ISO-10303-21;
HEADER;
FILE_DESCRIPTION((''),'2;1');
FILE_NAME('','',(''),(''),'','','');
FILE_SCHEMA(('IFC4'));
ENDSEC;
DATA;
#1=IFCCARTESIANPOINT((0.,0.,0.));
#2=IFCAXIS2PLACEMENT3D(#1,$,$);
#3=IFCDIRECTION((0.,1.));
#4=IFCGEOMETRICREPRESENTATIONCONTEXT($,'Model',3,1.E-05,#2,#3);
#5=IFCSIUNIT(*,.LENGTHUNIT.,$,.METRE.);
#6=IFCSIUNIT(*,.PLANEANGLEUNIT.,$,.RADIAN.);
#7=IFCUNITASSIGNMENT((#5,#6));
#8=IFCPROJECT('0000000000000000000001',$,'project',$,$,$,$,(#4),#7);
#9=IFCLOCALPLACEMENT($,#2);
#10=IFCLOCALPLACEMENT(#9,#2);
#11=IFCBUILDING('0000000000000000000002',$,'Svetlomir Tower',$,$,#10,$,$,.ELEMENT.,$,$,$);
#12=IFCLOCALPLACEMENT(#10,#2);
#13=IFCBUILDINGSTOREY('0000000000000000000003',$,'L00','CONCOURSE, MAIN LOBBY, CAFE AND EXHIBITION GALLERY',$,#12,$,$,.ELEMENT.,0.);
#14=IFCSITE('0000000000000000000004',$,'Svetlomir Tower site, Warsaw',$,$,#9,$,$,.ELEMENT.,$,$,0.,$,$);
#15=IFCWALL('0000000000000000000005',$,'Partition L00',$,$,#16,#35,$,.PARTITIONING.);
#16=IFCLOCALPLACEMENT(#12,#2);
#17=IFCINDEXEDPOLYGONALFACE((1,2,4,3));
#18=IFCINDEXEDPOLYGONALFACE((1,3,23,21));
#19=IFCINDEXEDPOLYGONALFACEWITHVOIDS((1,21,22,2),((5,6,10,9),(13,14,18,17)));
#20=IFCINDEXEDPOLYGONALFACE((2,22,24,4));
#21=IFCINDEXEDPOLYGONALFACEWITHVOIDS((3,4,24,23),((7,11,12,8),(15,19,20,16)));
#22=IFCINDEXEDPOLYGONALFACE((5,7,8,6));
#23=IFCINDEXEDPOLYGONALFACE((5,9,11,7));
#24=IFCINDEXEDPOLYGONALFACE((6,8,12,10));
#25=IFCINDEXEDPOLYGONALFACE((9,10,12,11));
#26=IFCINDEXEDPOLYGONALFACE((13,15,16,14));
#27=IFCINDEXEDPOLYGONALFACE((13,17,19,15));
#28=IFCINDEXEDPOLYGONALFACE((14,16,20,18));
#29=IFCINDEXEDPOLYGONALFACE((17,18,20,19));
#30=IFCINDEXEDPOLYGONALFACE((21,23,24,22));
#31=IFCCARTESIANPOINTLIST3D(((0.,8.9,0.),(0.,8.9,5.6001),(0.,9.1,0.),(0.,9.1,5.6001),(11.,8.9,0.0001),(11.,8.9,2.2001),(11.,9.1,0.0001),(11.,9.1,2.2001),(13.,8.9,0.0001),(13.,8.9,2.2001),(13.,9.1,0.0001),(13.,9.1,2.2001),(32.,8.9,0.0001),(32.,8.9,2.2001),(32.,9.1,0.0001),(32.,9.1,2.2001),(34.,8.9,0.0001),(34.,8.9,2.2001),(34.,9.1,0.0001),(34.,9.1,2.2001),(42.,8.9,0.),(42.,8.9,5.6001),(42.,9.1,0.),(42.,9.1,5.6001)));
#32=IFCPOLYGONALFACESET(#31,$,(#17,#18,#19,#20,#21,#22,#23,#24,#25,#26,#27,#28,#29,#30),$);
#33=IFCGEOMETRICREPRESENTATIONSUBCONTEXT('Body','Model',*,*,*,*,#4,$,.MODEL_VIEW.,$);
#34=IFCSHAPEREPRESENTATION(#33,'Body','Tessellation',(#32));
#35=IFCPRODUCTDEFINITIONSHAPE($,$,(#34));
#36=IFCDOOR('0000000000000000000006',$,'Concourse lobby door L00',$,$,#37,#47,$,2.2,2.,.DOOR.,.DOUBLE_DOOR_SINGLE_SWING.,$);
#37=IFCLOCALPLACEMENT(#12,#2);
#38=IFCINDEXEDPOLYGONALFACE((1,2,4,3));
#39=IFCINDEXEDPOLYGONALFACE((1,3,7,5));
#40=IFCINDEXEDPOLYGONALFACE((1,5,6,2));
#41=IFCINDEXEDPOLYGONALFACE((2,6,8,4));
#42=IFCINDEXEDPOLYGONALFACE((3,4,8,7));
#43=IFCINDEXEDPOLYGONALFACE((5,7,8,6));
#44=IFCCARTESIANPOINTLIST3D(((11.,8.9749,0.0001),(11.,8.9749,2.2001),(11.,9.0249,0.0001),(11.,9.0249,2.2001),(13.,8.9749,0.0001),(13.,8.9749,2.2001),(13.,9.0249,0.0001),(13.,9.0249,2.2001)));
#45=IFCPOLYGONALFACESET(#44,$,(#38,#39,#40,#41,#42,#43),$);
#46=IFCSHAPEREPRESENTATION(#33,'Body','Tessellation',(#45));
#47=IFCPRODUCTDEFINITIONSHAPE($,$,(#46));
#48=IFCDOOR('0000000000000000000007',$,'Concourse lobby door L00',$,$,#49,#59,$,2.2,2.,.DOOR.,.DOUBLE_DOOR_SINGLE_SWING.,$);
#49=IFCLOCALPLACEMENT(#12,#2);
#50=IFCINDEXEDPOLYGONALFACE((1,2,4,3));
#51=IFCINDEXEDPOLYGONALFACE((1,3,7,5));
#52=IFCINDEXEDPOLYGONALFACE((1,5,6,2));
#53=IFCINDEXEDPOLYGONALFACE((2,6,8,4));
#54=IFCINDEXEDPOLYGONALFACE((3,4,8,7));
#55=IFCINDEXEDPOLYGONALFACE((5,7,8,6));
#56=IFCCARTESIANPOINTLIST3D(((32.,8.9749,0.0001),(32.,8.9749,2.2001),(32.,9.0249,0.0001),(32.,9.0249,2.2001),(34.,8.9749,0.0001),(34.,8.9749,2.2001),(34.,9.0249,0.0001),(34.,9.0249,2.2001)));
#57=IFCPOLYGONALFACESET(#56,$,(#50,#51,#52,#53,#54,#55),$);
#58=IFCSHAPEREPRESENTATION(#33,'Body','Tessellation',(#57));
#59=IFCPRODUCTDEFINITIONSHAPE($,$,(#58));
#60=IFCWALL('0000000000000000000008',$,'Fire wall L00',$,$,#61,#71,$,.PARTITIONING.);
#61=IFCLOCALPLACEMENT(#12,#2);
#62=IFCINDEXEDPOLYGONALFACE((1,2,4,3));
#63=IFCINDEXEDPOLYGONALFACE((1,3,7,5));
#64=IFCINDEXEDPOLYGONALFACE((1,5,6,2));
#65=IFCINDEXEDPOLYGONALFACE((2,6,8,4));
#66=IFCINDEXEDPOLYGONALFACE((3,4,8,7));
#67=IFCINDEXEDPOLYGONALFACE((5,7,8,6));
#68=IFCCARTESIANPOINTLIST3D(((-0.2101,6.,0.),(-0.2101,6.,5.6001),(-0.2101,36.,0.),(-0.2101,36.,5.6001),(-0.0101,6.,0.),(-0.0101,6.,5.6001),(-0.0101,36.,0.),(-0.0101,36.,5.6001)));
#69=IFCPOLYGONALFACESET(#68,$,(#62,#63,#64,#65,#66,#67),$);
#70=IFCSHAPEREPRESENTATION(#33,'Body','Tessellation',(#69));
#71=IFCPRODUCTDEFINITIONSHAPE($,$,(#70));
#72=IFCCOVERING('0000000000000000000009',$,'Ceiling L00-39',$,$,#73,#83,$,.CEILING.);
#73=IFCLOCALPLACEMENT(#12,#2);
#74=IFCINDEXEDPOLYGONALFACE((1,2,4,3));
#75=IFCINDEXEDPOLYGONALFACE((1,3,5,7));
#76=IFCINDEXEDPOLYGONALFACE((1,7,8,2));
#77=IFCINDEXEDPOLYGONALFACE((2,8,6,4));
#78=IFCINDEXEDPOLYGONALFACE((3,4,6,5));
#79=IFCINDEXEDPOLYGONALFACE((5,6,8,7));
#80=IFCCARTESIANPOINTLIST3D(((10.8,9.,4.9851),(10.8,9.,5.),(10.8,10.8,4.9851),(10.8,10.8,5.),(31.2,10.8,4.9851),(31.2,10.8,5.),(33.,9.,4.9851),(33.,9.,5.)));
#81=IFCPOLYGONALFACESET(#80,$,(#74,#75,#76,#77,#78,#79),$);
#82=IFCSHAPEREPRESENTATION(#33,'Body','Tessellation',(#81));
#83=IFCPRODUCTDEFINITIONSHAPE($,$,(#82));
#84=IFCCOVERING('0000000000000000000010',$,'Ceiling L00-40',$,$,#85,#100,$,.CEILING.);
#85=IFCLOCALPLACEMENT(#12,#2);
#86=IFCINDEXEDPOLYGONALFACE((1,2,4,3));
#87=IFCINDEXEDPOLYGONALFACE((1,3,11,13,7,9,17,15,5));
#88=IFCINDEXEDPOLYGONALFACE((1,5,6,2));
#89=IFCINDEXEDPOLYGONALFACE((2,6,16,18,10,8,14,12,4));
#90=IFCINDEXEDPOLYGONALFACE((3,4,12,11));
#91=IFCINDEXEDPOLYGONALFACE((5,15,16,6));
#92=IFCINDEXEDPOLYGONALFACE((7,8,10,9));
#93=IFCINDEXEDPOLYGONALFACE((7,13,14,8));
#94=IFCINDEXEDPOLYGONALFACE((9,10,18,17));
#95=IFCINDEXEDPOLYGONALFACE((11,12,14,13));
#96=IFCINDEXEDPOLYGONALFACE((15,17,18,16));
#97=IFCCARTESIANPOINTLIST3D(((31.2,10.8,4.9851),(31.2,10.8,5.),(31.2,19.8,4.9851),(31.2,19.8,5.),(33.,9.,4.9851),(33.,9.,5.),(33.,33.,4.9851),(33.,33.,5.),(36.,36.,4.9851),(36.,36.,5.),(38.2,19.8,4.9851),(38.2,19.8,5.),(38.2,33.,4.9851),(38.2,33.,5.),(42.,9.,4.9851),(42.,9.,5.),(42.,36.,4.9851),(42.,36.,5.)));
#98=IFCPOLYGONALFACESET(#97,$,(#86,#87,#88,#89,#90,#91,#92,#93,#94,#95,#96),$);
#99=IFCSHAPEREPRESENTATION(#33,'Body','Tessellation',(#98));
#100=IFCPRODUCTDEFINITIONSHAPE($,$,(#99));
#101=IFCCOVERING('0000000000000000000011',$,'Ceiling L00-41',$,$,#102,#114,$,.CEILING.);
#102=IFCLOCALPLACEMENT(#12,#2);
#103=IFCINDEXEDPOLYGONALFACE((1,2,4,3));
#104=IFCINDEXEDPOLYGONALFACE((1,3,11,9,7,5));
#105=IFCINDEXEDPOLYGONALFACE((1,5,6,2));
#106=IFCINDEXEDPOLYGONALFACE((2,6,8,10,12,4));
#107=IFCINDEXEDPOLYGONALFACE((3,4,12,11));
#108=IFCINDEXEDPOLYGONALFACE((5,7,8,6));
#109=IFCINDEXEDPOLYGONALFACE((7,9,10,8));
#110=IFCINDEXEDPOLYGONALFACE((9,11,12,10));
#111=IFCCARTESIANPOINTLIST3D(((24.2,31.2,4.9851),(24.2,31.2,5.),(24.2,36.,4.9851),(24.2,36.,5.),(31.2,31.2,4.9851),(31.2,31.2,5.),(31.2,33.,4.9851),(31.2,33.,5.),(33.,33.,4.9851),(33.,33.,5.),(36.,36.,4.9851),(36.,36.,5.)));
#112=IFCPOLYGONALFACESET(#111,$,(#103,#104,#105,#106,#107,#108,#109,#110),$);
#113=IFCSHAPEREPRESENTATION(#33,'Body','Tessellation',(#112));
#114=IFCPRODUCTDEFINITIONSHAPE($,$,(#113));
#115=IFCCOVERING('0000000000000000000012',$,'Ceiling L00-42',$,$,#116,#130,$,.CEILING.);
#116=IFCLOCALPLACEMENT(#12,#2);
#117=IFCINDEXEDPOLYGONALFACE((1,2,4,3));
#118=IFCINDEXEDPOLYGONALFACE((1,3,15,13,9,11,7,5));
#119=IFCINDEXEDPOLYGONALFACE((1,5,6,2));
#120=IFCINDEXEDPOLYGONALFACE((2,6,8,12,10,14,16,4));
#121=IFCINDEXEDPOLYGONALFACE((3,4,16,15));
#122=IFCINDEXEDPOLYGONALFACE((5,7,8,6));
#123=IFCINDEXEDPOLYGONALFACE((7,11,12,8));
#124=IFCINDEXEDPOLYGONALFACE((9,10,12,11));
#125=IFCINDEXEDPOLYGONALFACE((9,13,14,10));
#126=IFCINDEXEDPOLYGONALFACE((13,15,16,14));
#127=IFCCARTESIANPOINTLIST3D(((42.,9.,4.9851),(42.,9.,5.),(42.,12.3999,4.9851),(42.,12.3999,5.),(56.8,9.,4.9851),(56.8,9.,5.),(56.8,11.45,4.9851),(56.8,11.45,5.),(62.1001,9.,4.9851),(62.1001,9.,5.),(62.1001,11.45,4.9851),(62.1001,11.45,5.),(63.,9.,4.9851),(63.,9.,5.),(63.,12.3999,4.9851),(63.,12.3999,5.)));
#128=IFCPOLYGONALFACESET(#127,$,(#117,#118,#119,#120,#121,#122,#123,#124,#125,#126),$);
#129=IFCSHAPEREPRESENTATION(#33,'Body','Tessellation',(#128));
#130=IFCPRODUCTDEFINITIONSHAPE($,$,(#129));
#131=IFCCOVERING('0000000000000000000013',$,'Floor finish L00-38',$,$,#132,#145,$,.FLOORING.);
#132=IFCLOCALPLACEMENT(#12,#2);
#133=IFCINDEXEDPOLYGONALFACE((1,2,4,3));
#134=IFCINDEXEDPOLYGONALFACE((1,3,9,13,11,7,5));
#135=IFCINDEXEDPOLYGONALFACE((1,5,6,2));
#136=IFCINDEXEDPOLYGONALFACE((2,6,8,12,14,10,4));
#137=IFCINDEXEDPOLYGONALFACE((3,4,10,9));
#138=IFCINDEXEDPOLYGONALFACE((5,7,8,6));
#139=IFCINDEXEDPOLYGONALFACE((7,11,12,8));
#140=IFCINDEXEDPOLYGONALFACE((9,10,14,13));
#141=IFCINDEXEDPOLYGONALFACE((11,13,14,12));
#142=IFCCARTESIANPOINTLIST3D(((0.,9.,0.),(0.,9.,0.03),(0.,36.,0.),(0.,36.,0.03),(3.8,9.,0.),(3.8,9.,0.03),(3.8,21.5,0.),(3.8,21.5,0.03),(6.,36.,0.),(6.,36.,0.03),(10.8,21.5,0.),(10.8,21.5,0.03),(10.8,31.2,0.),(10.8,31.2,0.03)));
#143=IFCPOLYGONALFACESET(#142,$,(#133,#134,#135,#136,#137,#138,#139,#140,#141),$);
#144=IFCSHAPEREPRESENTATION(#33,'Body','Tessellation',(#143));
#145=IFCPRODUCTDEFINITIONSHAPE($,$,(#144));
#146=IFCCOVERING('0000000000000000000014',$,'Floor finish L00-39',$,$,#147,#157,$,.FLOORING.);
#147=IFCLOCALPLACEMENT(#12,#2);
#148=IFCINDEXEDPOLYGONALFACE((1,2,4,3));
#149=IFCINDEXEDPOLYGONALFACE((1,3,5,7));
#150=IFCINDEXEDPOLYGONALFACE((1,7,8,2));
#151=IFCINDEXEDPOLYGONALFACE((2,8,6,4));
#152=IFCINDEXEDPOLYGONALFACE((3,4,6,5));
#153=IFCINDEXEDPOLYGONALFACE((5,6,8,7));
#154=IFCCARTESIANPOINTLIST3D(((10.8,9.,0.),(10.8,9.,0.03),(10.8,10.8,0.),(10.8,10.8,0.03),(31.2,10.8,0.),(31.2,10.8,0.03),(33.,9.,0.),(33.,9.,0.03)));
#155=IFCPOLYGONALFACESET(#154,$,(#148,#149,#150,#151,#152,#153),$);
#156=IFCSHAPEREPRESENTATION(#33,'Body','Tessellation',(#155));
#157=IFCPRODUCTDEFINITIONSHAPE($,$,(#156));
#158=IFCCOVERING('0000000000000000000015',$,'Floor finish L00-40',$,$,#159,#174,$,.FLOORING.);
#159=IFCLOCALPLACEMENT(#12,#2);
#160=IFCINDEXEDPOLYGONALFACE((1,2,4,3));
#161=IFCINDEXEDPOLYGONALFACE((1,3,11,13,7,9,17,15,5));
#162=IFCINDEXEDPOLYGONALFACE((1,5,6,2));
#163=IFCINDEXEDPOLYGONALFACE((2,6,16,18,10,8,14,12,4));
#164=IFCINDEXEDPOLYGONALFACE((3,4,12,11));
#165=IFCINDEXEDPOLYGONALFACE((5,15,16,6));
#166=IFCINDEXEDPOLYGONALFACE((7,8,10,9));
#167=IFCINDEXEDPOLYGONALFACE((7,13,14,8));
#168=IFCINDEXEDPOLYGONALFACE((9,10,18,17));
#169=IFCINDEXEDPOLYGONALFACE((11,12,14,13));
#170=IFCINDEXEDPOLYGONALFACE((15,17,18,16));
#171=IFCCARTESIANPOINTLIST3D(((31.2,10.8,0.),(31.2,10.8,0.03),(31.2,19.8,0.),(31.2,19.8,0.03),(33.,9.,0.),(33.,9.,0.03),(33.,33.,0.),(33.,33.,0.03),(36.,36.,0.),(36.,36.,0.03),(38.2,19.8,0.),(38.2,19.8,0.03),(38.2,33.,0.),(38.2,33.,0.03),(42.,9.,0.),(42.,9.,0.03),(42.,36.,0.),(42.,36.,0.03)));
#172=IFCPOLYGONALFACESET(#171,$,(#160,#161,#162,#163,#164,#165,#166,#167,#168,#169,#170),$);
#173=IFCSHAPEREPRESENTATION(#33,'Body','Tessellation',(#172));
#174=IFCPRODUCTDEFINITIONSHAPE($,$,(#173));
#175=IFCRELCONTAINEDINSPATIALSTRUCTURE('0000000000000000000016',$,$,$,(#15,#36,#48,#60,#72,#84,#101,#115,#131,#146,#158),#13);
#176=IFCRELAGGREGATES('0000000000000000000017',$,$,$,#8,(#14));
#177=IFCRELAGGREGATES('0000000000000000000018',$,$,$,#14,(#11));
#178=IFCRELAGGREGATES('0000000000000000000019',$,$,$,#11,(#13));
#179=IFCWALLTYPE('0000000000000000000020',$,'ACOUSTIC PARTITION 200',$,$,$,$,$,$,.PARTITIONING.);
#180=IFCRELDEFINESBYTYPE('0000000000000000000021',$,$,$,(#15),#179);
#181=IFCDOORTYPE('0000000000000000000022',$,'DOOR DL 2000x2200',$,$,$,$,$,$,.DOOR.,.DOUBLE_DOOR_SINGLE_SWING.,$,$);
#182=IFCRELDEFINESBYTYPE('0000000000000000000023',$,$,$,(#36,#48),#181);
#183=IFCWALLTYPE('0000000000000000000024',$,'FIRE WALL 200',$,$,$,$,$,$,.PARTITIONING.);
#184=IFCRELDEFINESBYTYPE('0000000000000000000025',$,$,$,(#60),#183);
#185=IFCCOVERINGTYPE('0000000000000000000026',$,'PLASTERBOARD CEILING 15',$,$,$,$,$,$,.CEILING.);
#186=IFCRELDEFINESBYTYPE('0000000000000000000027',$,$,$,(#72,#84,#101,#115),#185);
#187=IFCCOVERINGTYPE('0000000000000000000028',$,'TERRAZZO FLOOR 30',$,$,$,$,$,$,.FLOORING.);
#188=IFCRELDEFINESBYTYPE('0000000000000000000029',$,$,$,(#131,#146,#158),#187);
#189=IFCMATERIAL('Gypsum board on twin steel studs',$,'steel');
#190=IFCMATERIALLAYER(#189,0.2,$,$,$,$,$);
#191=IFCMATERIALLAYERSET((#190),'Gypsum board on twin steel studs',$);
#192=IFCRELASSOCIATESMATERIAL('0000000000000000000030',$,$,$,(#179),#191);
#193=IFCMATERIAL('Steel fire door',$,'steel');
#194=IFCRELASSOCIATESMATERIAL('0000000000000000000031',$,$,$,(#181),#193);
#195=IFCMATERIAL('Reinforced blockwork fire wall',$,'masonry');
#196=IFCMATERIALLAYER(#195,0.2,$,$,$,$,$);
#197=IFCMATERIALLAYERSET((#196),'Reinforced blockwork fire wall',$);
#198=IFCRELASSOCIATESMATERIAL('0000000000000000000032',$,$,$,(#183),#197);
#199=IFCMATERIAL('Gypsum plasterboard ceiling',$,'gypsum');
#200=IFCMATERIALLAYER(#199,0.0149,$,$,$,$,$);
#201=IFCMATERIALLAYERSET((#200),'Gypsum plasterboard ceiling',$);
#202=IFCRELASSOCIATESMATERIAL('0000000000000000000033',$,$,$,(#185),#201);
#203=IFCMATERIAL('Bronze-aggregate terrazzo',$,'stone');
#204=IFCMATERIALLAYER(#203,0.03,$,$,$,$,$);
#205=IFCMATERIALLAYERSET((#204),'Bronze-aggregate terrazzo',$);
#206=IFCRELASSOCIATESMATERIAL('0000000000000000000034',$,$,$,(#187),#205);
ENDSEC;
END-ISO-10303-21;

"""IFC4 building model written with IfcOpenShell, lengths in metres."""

from ifc_helpers import new_model, si_unit, direction, frame, frame_2d, origin, place, context, subcontext, project, spatial, polyline, rectangle, outline, extrude, material, layer, layer_set, type_object, element, fill, save


model = new_model("IFC4")

# Units and contexts
model_context = context("Model", 3, precision=1e-05, world=origin(), true_north=direction((0.0, 1.0)))
body_context = subcontext(model_context, "Body", "Model", "MODEL_VIEW")
ifc_project = project(units=[si_unit("LENGTHUNIT", "METRE"), si_unit("PLANEANGLEUNIT", "RADIAN")], contexts=[model_context])

# Site, building, storey
site_placement = place(None, origin())
site = spatial("IfcSite", under=ifc_project, at=site_placement, Name="Svetlomir Tower site, Warsaw", CompositionType="ELEMENT", RefElevation=0.0)
building_placement = place(site_placement, origin())
building = spatial("IfcBuilding", under=site, at=building_placement, Name="Svetlomir Tower", CompositionType="ELEMENT")
storey_placement = place(building_placement, origin())
storey = spatial("IfcBuildingStorey", under=building, at=storey_placement, Name="L00", Description="CONCOURSE, MAIN LOBBY, CAFE AND EXHIBITION GALLERY", CompositionType="ELEMENT", Elevation=0.0)

# Wall, openings, doors
ifc_material_1 = material(Name="Gypsum board on twin steel studs", Category="steel")
ifc_layer_1 = layer(ifc_material_1, 0.2)
ifc_layer_set_1 = layer_set([ifc_layer_1], Name="Gypsum board on twin steel studs")
wall_type_1 = type_object("IfcWallType", Name="ACOUSTIC PARTITION 200", PredefinedType="PARTITIONING", material=ifc_layer_set_1)
wall_1_placement = place(storey_placement, frame((0.0, 9.0, 0.0), z_axis=(0.0, 0.0, 1.0), x_axis=(1.0, 0.0, 0.0)))
wall_1 = element("IfcWall", 1, at=wall_1_placement, inside=storey, type_object=wall_type_1, Name="Partition L00", PredefinedType="PARTITIONING", context=body_context, shape_type="SweptSolid", body=[
    extrude(rectangle(XDim=42.0, YDim=0.2, at=frame_2d((21.0, 0.0))), origin(), (0.0, 0.0, 1.0), 5.6001),
])
opening_1_placement = place(wall_1_placement, frame((11.0, 0.0, 0.0)))
opening_1 = element("IfcOpeningElement", 2, at=opening_1_placement, cuts=wall_1, PredefinedType="OPENING", context=body_context, shape_type="SweptSolid", body=[
    extrude(rectangle(XDim=2.0, YDim=2.2, at=frame_2d((1.0, 1.1001))), frame((0.0, 0.1099, 0.0), z_axis=(0.0, -1.0, 0.0), x_axis=(1.0, 0.0, 0.0)), (0.0, 0.0, 1.0), 0.22),
])
opening_2_placement = place(wall_1_placement, frame((32.0, 0.0, 0.0)))
opening_2 = element("IfcOpeningElement", 3, at=opening_2_placement, cuts=wall_1, PredefinedType="OPENING", context=body_context, shape_type="SweptSolid", body=[
    extrude(rectangle(XDim=2.0, YDim=2.2, at=frame_2d((1.0, 1.1001))), frame((0.0, 0.1099, 0.0), z_axis=(0.0, -1.0, 0.0), x_axis=(1.0, 0.0, 0.0)), (0.0, 0.0, 1.0), 0.22),
])
ifc_material_2 = material(Name="Steel fire door", Category="steel")
door_type = type_object("IfcDoorType", Name="DOOR DL 2000x2200", OperationType="DOUBLE_DOOR_SINGLE_SWING", PredefinedType="DOOR", material=ifc_material_2)
door_1_placement = place(opening_1_placement, origin())
door_1 = element("IfcDoor", 4, at=door_1_placement, inside=storey, type_object=door_type, Name="Concourse lobby door L00", OperationType="DOUBLE_DOOR_SINGLE_SWING", OverallHeight=2.2, OverallWidth=2.0, PredefinedType="DOOR", context=body_context, shape_type="SweptSolid", body=[
    extrude(rectangle(XDim=2.0, YDim=2.2, at=frame_2d((1.0, 1.1001))), frame((0.0, 0.0249, 0.0), z_axis=(0.0, -1.0, 0.0), x_axis=(1.0, 0.0, 0.0)), (0.0, 0.0, 1.0), 0.05),
])
fill(opening_1, door_1)
door_2_placement = place(opening_2_placement, origin())
door_2 = element("IfcDoor", 5, at=door_2_placement, inside=storey, type_object=door_type, Name="Concourse lobby door L00", OperationType="DOUBLE_DOOR_SINGLE_SWING", OverallHeight=2.2, OverallWidth=2.0, PredefinedType="DOOR", context=body_context, shape_type="SweptSolid", body=[
    extrude(rectangle(XDim=2.0, YDim=2.2, at=frame_2d((1.0, 1.1001))), frame((0.0, 0.0249, 0.0), z_axis=(0.0, -1.0, 0.0), x_axis=(1.0, 0.0, 0.0)), (0.0, 0.0, 1.0), 0.05),
])
fill(opening_2, door_2)

# Wall
ifc_material_3 = material(Name="Reinforced blockwork fire wall", Category="masonry")
ifc_layer_2 = layer(ifc_material_3, 0.2)
ifc_layer_set_2 = layer_set([ifc_layer_2], Name="Reinforced blockwork fire wall")
wall_type_2 = type_object("IfcWallType", Name="FIRE WALL 200", PredefinedType="PARTITIONING", material=ifc_layer_set_2)
wall_2_placement = place(storey_placement, frame((-0.1101, 6.0, 0.0), z_axis=(0.0, 0.0, 1.0), x_axis=(0.0, 1.0, 0.0)))
element("IfcWall", 6, at=wall_2_placement, inside=storey, type_object=wall_type_2, Name="Fire wall L00", PredefinedType="PARTITIONING", context=body_context, shape_type="SweptSolid", body=[
    extrude(rectangle(XDim=30.0, YDim=0.2, at=frame_2d((15.0, 0.0))), origin(), (0.0, 0.0, 1.0), 5.6001),
])

# Coverings
ifc_material_4 = material(Name="Gypsum plasterboard ceiling", Category="gypsum")
ifc_layer_3 = layer(ifc_material_4, 0.0149)
ifc_layer_set_3 = layer_set([ifc_layer_3], Name="Gypsum plasterboard ceiling")
covering_type_1 = type_object("IfcCoveringType", Name="PLASTERBOARD CEILING 15", PredefinedType="CEILING", material=ifc_layer_set_3)
covering_1_placement = place(storey_placement, frame((0.0, 0.0, 4.9851)))
element("IfcCovering", 7, at=covering_1_placement, inside=storey, type_object=covering_type_1, Name="Ceiling L00-39", PredefinedType="CEILING", context=body_context, shape_type="SweptSolid", body=[
    extrude(outline(polyline([(31.2, 10.8), (33.0, 9.0), (10.8, 9.0), (10.8, 10.8), (31.2, 10.8)])), origin(), (0.0, 0.0, 1.0), 0.0149),
])
covering_2_placement = place(storey_placement, frame((0.0, 0.0, 4.9851)))
element("IfcCovering", 8, at=covering_2_placement, inside=storey, type_object=covering_type_1, Name="Ceiling L00-40", PredefinedType="CEILING", context=body_context, shape_type="SweptSolid", body=[
    extrude(outline(polyline([(31.2, 19.8), (38.2, 19.8), (38.2, 33.0), (33.0, 33.0), (36.0, 36.0), (42.0, 36.0), (42.0, 9.0), (33.0, 9.0), (31.2, 10.8), (31.2, 19.8)])), origin(), (0.0, 0.0, 1.0), 0.0149),
])
covering_3_placement = place(storey_placement, frame((0.0, 0.0, 4.9851)))
element("IfcCovering", 9, at=covering_3_placement, inside=storey, type_object=covering_type_1, Name="Ceiling L00-41", PredefinedType="CEILING", context=body_context, shape_type="SweptSolid", body=[
    extrude(outline(polyline([(31.2, 33.0), (31.2, 31.2), (24.2, 31.2), (24.2, 36.0), (36.0, 36.0), (33.0, 33.0), (31.2, 33.0)])), origin(), (0.0, 0.0, 1.0), 0.0149),
])
covering_4_placement = place(storey_placement, frame((0.0, 0.0, 4.9851)))
element("IfcCovering", 10, at=covering_4_placement, inside=storey, type_object=covering_type_1, Name="Ceiling L00-42", PredefinedType="CEILING", context=body_context, shape_type="SweptSolid", body=[
    extrude(outline(polyline([(42.0, 12.3999), (63.0, 12.3999), (63.0, 9.0), (62.1001, 9.0), (62.1001, 11.45), (56.8, 11.45), (56.8, 9.0), (42.0, 9.0), (42.0, 12.3999)])), origin(), (0.0, 0.0, 1.0), 0.0149),
])
ifc_material_5 = material(Name="Bronze-aggregate terrazzo", Category="stone")
ifc_layer_4 = layer(ifc_material_5, 0.03)
ifc_layer_set_4 = layer_set([ifc_layer_4], Name="Bronze-aggregate terrazzo")
covering_type_2 = type_object("IfcCoveringType", Name="TERRAZZO FLOOR 30", PredefinedType="FLOORING", material=ifc_layer_set_4)
covering_5_placement = place(storey_placement, origin())
element("IfcCovering", 11, at=covering_5_placement, inside=storey, type_object=covering_type_2, Name="Floor finish L00-38", PredefinedType="FLOORING", context=body_context, shape_type="SweptSolid", body=[
    extrude(outline(polyline([(0.0, 36.0), (6.0, 36.0), (10.8, 31.2), (10.8, 21.5), (3.8, 21.5), (3.8, 9.0), (0.0, 9.0), (0.0, 36.0)])), origin(), (0.0, 0.0, 1.0), 0.03),
])
covering_6_placement = place(storey_placement, origin())
element("IfcCovering", 12, at=covering_6_placement, inside=storey, type_object=covering_type_2, Name="Floor finish L00-39", PredefinedType="FLOORING", context=body_context, shape_type="SweptSolid", body=[
    extrude(outline(polyline([(31.2, 10.8), (33.0, 9.0), (10.8, 9.0), (10.8, 10.8), (31.2, 10.8)])), origin(), (0.0, 0.0, 1.0), 0.03),
])
covering_7_placement = place(storey_placement, origin())
element("IfcCovering", 13, at=covering_7_placement, inside=storey, type_object=covering_type_2, Name="Floor finish L00-40", PredefinedType="FLOORING", context=body_context, shape_type="SweptSolid", body=[
    extrude(outline(polyline([(31.2, 19.8), (38.2, 19.8), (38.2, 33.0), (33.0, 33.0), (36.0, 36.0), (42.0, 36.0), (42.0, 9.0), (33.0, 9.0), (31.2, 10.8), (31.2, 19.8)])), origin(), (0.0, 0.0, 1.0), 0.03),
])

save(model, "model.ifc")
